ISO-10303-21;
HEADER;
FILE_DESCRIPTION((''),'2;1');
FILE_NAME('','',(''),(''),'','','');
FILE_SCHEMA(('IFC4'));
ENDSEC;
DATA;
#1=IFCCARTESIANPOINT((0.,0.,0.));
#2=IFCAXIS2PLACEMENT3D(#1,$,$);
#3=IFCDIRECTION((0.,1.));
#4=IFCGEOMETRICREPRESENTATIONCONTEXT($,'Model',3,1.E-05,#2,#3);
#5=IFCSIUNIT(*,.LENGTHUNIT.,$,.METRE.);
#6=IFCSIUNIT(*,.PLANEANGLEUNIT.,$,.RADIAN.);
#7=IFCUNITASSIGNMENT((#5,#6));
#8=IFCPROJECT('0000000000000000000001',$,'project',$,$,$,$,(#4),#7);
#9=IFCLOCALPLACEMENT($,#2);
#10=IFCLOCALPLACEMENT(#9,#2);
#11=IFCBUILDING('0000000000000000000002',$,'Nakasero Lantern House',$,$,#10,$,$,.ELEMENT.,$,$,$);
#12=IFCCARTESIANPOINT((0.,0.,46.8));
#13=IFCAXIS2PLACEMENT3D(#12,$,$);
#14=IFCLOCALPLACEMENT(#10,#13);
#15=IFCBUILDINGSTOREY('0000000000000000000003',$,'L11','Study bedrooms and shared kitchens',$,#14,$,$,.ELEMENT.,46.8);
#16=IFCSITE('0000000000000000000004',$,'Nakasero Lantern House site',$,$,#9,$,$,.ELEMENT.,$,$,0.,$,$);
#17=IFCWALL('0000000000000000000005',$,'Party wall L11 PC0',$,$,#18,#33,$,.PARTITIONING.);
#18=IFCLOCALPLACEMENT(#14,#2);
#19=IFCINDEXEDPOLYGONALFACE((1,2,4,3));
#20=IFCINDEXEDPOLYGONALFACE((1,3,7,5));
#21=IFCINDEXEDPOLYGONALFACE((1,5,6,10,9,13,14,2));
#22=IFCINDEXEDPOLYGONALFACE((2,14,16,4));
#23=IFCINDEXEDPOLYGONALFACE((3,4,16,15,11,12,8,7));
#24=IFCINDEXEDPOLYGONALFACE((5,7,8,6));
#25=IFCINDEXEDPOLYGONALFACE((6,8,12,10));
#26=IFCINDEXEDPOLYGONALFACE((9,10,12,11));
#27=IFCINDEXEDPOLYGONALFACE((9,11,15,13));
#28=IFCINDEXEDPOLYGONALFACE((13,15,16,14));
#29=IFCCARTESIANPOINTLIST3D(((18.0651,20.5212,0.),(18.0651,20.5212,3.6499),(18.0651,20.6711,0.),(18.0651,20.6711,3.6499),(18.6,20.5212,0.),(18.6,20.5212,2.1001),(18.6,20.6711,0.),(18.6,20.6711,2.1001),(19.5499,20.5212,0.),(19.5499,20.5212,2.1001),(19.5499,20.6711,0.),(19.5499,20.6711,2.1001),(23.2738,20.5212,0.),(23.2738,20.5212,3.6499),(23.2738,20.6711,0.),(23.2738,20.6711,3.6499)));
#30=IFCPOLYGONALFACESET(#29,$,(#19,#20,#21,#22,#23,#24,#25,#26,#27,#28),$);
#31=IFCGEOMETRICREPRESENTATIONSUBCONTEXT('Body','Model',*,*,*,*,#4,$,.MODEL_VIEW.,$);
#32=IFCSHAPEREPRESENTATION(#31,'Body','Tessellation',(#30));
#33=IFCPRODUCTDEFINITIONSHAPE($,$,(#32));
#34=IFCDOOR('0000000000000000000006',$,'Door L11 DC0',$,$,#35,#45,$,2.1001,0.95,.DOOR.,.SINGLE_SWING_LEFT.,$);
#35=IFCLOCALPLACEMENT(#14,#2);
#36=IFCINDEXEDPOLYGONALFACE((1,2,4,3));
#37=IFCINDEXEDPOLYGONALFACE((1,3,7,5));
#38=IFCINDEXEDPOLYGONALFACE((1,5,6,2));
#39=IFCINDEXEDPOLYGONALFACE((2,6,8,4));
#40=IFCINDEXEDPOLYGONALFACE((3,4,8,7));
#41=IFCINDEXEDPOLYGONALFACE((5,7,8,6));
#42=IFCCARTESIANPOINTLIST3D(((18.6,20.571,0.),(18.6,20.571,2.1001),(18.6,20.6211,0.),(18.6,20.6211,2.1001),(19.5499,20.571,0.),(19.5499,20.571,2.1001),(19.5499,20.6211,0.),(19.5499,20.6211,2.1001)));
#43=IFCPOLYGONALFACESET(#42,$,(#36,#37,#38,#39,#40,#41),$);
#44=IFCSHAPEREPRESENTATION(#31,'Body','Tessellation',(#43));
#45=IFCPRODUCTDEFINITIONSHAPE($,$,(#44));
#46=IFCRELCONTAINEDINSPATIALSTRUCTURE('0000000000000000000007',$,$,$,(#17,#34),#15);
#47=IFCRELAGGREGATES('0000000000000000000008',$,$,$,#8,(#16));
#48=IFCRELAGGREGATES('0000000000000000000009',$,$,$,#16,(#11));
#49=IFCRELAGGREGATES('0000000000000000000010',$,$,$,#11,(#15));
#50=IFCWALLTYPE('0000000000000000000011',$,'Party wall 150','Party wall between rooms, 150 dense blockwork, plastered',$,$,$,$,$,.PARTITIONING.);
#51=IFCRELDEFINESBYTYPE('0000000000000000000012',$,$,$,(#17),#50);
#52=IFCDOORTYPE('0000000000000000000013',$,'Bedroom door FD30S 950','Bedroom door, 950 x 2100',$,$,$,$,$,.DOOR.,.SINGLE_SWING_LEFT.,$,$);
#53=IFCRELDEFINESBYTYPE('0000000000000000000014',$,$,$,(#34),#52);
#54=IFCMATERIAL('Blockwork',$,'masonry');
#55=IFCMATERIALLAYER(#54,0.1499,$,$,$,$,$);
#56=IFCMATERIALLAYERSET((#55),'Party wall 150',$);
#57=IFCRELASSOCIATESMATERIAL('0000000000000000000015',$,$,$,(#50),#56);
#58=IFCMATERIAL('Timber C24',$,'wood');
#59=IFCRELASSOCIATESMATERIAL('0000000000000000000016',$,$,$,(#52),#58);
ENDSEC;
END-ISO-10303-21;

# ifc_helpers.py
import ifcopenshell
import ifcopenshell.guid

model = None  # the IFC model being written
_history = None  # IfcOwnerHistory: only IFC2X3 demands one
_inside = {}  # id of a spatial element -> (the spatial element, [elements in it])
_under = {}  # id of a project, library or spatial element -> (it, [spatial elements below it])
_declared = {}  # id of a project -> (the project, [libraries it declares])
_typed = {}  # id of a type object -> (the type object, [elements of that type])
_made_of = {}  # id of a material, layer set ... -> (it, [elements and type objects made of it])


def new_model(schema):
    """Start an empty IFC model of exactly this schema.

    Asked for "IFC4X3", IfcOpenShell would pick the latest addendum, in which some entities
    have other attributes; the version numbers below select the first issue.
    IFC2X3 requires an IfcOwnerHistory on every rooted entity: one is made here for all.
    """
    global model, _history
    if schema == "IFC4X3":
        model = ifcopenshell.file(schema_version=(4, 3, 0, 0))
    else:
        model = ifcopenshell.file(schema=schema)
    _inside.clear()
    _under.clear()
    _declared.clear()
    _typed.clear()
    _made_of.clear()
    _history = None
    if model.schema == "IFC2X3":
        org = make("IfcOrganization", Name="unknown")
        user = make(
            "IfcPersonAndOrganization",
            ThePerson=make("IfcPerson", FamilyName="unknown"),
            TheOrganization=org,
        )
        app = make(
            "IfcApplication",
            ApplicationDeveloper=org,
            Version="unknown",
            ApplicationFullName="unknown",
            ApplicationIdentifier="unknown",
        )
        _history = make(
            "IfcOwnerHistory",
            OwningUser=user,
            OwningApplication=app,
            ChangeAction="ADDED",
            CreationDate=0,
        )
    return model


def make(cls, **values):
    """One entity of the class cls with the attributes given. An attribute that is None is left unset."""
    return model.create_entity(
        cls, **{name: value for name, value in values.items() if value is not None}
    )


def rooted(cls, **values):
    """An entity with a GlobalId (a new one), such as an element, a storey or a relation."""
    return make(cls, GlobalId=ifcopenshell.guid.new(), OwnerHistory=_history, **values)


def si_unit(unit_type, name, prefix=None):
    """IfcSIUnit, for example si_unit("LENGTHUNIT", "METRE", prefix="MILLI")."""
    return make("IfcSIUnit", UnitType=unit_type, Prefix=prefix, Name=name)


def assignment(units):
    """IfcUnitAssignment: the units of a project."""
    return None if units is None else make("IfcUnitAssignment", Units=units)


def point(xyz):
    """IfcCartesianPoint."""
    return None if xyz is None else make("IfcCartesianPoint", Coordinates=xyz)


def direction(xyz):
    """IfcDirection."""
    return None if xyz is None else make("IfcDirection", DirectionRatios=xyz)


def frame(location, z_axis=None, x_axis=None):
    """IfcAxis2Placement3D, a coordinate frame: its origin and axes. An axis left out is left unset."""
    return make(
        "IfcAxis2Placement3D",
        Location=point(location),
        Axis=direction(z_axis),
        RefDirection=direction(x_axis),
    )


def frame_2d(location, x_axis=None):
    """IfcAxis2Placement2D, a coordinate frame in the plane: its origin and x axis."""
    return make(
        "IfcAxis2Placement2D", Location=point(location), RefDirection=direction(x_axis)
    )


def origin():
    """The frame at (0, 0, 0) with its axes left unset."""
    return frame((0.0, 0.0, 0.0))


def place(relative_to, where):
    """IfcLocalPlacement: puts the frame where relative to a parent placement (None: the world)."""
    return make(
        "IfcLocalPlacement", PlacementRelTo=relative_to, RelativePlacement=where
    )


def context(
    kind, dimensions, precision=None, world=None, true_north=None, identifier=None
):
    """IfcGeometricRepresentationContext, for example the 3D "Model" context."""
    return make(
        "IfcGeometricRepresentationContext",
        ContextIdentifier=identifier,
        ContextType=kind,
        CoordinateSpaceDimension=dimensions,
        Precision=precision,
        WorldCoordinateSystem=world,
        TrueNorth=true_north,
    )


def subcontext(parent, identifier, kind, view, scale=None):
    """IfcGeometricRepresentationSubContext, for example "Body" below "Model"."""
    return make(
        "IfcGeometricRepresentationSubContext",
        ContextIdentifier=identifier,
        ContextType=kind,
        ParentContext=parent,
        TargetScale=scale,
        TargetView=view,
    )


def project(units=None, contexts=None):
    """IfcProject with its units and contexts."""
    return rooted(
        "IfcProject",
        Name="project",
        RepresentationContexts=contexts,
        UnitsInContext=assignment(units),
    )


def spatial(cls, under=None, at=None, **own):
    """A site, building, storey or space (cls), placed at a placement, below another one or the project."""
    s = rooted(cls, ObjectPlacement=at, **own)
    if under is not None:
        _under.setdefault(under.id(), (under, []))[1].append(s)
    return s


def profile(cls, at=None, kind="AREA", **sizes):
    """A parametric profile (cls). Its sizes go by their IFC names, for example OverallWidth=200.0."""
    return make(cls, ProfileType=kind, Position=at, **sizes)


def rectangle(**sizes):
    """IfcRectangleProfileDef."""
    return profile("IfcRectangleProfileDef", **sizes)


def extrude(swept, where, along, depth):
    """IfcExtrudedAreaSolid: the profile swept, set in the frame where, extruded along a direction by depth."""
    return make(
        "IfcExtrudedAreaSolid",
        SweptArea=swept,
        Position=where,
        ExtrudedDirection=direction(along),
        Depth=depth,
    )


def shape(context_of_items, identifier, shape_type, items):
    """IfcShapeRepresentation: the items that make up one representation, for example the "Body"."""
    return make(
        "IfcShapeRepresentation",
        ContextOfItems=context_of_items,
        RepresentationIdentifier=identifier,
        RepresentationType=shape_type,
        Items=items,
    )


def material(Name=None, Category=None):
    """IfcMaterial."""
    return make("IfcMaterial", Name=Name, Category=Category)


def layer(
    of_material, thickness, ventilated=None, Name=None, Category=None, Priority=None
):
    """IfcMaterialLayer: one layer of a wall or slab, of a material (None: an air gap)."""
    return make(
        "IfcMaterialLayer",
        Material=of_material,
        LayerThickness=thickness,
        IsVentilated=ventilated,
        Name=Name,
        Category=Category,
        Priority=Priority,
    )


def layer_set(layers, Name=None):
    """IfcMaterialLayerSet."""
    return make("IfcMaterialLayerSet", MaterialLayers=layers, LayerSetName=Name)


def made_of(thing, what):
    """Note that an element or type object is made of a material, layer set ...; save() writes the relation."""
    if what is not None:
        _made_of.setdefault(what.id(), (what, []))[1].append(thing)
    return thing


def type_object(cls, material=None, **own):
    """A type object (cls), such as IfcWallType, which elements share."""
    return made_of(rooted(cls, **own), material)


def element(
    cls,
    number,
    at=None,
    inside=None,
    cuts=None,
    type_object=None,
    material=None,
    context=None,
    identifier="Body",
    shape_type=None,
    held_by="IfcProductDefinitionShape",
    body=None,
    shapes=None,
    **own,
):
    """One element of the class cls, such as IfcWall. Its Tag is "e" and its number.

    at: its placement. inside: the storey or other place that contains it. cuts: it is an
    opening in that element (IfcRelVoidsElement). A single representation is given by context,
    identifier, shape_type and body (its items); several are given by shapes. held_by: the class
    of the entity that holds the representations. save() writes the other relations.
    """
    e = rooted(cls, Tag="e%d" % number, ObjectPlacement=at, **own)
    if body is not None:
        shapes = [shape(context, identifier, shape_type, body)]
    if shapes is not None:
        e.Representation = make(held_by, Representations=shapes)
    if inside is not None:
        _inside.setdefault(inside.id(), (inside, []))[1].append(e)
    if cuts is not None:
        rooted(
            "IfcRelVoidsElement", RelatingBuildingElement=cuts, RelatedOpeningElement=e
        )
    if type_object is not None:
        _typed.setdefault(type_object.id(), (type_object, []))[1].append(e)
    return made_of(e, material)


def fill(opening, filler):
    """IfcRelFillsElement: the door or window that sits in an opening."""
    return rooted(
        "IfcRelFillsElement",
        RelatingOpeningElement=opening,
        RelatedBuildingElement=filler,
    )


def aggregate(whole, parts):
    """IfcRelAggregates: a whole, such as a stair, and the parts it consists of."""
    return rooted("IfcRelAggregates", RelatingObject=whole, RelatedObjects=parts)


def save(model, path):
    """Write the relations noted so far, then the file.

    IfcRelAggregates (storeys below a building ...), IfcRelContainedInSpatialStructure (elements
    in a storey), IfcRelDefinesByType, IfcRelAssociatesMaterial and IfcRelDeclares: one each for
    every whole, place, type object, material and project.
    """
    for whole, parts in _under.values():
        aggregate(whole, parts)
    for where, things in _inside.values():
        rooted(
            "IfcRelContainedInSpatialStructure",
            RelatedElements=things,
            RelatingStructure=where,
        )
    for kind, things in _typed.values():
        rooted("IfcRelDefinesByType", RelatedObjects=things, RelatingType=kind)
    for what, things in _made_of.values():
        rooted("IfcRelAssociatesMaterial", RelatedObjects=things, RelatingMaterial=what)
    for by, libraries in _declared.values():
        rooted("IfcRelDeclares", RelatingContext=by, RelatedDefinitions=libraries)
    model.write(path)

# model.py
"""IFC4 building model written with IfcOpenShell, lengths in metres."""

from ifc_helpers import new_model, si_unit, direction, frame, frame_2d, origin, place, context, subcontext, project, spatial, rectangle, extrude, material, layer, layer_set, type_object, element, fill, save


model = new_model("IFC4")

# Units and contexts
model_context = context("Model", 3, precision=1e-05, world=origin(), true_north=direction((0.0, 1.0)))
body_context = subcontext(model_context, "Body", "Model", "MODEL_VIEW")
ifc_project = project(units=[si_unit("LENGTHUNIT", "METRE"), si_unit("PLANEANGLEUNIT", "RADIAN")], contexts=[model_context])

# Site, building, storey
site_placement = place(None, origin())
site = spatial("IfcSite", under=ifc_project, at=site_placement, Name="Nakasero Lantern House site", CompositionType="ELEMENT", RefElevation=0.0)
building_placement = place(site_placement, origin())
building = spatial("IfcBuilding", under=site, at=building_placement, Name="Nakasero Lantern House", CompositionType="ELEMENT")
storey_placement = place(building_placement, frame((0.0, 0.0, 46.8)))
storey = spatial("IfcBuildingStorey", under=building, at=storey_placement, Name="L11", Description="Study bedrooms and shared kitchens", CompositionType="ELEMENT", Elevation=46.8)

# Wall, opening, door
ifc_material_1 = material(Name="Blockwork", Category="masonry")
ifc_layer_1 = layer(ifc_material_1, 0.1499)
ifc_layer_set_1 = layer_set([ifc_layer_1], Name="Party wall 150")
wall_type_1 = type_object("IfcWallType", Name="Party wall 150", Description="Party wall between rooms, 150 dense blockwork, plastered", PredefinedType="PARTITIONING", material=ifc_layer_set_1)
wall_1_placement = place(storey_placement, frame((18.0649, 20.5962, 0.0), z_axis=(0.0, 0.0, 1.0), x_axis=(1.0, 0.0, 0.0)))
wall_1 = element("IfcWall", 1, at=wall_1_placement, inside=storey, type_object=wall_type_1, Name="Party wall L11 PC0", PredefinedType="PARTITIONING", context=body_context, shape_type="SweptSolid", body=[
    extrude(rectangle(XDim=5.2087, YDim=0.1499, at=frame_2d((2.6045, 0.0))), origin(), (0.0, 0.0, 1.0), 3.6499),
])
opening_1_placement = place(wall_1_placement, frame((0.5349, 0.0, 0.0)))
opening_1 = element("IfcOpeningElement", 2, at=opening_1_placement, cuts=wall_1, PredefinedType="OPENING", context=body_context, shape_type="SweptSolid", body=[
    extrude(rectangle(XDim=0.95, YDim=2.1001, at=frame_2d((0.4751, 1.05))), frame((0.0, 0.095, 0.0), z_axis=(0.0, -1.0, 0.0), x_axis=(1.0, 0.0, 0.0)), (0.0, 0.0, 1.0), 0.1899),
])
ifc_material_2 = material(Name="Timber C24", Category="wood")
door_type_1 = type_object("IfcDoorType", Name="Bedroom door FD30S 950", Description="Bedroom door, 950 x 2100", OperationType="SINGLE_SWING_LEFT", PredefinedType="DOOR", material=ifc_material_2)
door_1_placement = place(opening_1_placement, origin())
door_1 = element("IfcDoor", 3, at=door_1_placement, inside=storey, type_object=door_type_1, Name="Door L11 DC0", OperationType="SINGLE_SWING_LEFT", OverallHeight=2.1001, OverallWidth=0.95, PredefinedType="DOOR", context=body_context, shape_type="SweptSolid", body=[
    extrude(rectangle(XDim=0.95, YDim=2.1001, at=frame_2d((0.4751, 1.05))), frame((0.0, 0.0249, 0.0), z_axis=(0.0, -1.0, 0.0), x_axis=(1.0, 0.0, 0.0)), (0.0, 0.0, 1.0), 0.05),
])
fill(opening_1, door_1)

save(model, "model.ifc")
